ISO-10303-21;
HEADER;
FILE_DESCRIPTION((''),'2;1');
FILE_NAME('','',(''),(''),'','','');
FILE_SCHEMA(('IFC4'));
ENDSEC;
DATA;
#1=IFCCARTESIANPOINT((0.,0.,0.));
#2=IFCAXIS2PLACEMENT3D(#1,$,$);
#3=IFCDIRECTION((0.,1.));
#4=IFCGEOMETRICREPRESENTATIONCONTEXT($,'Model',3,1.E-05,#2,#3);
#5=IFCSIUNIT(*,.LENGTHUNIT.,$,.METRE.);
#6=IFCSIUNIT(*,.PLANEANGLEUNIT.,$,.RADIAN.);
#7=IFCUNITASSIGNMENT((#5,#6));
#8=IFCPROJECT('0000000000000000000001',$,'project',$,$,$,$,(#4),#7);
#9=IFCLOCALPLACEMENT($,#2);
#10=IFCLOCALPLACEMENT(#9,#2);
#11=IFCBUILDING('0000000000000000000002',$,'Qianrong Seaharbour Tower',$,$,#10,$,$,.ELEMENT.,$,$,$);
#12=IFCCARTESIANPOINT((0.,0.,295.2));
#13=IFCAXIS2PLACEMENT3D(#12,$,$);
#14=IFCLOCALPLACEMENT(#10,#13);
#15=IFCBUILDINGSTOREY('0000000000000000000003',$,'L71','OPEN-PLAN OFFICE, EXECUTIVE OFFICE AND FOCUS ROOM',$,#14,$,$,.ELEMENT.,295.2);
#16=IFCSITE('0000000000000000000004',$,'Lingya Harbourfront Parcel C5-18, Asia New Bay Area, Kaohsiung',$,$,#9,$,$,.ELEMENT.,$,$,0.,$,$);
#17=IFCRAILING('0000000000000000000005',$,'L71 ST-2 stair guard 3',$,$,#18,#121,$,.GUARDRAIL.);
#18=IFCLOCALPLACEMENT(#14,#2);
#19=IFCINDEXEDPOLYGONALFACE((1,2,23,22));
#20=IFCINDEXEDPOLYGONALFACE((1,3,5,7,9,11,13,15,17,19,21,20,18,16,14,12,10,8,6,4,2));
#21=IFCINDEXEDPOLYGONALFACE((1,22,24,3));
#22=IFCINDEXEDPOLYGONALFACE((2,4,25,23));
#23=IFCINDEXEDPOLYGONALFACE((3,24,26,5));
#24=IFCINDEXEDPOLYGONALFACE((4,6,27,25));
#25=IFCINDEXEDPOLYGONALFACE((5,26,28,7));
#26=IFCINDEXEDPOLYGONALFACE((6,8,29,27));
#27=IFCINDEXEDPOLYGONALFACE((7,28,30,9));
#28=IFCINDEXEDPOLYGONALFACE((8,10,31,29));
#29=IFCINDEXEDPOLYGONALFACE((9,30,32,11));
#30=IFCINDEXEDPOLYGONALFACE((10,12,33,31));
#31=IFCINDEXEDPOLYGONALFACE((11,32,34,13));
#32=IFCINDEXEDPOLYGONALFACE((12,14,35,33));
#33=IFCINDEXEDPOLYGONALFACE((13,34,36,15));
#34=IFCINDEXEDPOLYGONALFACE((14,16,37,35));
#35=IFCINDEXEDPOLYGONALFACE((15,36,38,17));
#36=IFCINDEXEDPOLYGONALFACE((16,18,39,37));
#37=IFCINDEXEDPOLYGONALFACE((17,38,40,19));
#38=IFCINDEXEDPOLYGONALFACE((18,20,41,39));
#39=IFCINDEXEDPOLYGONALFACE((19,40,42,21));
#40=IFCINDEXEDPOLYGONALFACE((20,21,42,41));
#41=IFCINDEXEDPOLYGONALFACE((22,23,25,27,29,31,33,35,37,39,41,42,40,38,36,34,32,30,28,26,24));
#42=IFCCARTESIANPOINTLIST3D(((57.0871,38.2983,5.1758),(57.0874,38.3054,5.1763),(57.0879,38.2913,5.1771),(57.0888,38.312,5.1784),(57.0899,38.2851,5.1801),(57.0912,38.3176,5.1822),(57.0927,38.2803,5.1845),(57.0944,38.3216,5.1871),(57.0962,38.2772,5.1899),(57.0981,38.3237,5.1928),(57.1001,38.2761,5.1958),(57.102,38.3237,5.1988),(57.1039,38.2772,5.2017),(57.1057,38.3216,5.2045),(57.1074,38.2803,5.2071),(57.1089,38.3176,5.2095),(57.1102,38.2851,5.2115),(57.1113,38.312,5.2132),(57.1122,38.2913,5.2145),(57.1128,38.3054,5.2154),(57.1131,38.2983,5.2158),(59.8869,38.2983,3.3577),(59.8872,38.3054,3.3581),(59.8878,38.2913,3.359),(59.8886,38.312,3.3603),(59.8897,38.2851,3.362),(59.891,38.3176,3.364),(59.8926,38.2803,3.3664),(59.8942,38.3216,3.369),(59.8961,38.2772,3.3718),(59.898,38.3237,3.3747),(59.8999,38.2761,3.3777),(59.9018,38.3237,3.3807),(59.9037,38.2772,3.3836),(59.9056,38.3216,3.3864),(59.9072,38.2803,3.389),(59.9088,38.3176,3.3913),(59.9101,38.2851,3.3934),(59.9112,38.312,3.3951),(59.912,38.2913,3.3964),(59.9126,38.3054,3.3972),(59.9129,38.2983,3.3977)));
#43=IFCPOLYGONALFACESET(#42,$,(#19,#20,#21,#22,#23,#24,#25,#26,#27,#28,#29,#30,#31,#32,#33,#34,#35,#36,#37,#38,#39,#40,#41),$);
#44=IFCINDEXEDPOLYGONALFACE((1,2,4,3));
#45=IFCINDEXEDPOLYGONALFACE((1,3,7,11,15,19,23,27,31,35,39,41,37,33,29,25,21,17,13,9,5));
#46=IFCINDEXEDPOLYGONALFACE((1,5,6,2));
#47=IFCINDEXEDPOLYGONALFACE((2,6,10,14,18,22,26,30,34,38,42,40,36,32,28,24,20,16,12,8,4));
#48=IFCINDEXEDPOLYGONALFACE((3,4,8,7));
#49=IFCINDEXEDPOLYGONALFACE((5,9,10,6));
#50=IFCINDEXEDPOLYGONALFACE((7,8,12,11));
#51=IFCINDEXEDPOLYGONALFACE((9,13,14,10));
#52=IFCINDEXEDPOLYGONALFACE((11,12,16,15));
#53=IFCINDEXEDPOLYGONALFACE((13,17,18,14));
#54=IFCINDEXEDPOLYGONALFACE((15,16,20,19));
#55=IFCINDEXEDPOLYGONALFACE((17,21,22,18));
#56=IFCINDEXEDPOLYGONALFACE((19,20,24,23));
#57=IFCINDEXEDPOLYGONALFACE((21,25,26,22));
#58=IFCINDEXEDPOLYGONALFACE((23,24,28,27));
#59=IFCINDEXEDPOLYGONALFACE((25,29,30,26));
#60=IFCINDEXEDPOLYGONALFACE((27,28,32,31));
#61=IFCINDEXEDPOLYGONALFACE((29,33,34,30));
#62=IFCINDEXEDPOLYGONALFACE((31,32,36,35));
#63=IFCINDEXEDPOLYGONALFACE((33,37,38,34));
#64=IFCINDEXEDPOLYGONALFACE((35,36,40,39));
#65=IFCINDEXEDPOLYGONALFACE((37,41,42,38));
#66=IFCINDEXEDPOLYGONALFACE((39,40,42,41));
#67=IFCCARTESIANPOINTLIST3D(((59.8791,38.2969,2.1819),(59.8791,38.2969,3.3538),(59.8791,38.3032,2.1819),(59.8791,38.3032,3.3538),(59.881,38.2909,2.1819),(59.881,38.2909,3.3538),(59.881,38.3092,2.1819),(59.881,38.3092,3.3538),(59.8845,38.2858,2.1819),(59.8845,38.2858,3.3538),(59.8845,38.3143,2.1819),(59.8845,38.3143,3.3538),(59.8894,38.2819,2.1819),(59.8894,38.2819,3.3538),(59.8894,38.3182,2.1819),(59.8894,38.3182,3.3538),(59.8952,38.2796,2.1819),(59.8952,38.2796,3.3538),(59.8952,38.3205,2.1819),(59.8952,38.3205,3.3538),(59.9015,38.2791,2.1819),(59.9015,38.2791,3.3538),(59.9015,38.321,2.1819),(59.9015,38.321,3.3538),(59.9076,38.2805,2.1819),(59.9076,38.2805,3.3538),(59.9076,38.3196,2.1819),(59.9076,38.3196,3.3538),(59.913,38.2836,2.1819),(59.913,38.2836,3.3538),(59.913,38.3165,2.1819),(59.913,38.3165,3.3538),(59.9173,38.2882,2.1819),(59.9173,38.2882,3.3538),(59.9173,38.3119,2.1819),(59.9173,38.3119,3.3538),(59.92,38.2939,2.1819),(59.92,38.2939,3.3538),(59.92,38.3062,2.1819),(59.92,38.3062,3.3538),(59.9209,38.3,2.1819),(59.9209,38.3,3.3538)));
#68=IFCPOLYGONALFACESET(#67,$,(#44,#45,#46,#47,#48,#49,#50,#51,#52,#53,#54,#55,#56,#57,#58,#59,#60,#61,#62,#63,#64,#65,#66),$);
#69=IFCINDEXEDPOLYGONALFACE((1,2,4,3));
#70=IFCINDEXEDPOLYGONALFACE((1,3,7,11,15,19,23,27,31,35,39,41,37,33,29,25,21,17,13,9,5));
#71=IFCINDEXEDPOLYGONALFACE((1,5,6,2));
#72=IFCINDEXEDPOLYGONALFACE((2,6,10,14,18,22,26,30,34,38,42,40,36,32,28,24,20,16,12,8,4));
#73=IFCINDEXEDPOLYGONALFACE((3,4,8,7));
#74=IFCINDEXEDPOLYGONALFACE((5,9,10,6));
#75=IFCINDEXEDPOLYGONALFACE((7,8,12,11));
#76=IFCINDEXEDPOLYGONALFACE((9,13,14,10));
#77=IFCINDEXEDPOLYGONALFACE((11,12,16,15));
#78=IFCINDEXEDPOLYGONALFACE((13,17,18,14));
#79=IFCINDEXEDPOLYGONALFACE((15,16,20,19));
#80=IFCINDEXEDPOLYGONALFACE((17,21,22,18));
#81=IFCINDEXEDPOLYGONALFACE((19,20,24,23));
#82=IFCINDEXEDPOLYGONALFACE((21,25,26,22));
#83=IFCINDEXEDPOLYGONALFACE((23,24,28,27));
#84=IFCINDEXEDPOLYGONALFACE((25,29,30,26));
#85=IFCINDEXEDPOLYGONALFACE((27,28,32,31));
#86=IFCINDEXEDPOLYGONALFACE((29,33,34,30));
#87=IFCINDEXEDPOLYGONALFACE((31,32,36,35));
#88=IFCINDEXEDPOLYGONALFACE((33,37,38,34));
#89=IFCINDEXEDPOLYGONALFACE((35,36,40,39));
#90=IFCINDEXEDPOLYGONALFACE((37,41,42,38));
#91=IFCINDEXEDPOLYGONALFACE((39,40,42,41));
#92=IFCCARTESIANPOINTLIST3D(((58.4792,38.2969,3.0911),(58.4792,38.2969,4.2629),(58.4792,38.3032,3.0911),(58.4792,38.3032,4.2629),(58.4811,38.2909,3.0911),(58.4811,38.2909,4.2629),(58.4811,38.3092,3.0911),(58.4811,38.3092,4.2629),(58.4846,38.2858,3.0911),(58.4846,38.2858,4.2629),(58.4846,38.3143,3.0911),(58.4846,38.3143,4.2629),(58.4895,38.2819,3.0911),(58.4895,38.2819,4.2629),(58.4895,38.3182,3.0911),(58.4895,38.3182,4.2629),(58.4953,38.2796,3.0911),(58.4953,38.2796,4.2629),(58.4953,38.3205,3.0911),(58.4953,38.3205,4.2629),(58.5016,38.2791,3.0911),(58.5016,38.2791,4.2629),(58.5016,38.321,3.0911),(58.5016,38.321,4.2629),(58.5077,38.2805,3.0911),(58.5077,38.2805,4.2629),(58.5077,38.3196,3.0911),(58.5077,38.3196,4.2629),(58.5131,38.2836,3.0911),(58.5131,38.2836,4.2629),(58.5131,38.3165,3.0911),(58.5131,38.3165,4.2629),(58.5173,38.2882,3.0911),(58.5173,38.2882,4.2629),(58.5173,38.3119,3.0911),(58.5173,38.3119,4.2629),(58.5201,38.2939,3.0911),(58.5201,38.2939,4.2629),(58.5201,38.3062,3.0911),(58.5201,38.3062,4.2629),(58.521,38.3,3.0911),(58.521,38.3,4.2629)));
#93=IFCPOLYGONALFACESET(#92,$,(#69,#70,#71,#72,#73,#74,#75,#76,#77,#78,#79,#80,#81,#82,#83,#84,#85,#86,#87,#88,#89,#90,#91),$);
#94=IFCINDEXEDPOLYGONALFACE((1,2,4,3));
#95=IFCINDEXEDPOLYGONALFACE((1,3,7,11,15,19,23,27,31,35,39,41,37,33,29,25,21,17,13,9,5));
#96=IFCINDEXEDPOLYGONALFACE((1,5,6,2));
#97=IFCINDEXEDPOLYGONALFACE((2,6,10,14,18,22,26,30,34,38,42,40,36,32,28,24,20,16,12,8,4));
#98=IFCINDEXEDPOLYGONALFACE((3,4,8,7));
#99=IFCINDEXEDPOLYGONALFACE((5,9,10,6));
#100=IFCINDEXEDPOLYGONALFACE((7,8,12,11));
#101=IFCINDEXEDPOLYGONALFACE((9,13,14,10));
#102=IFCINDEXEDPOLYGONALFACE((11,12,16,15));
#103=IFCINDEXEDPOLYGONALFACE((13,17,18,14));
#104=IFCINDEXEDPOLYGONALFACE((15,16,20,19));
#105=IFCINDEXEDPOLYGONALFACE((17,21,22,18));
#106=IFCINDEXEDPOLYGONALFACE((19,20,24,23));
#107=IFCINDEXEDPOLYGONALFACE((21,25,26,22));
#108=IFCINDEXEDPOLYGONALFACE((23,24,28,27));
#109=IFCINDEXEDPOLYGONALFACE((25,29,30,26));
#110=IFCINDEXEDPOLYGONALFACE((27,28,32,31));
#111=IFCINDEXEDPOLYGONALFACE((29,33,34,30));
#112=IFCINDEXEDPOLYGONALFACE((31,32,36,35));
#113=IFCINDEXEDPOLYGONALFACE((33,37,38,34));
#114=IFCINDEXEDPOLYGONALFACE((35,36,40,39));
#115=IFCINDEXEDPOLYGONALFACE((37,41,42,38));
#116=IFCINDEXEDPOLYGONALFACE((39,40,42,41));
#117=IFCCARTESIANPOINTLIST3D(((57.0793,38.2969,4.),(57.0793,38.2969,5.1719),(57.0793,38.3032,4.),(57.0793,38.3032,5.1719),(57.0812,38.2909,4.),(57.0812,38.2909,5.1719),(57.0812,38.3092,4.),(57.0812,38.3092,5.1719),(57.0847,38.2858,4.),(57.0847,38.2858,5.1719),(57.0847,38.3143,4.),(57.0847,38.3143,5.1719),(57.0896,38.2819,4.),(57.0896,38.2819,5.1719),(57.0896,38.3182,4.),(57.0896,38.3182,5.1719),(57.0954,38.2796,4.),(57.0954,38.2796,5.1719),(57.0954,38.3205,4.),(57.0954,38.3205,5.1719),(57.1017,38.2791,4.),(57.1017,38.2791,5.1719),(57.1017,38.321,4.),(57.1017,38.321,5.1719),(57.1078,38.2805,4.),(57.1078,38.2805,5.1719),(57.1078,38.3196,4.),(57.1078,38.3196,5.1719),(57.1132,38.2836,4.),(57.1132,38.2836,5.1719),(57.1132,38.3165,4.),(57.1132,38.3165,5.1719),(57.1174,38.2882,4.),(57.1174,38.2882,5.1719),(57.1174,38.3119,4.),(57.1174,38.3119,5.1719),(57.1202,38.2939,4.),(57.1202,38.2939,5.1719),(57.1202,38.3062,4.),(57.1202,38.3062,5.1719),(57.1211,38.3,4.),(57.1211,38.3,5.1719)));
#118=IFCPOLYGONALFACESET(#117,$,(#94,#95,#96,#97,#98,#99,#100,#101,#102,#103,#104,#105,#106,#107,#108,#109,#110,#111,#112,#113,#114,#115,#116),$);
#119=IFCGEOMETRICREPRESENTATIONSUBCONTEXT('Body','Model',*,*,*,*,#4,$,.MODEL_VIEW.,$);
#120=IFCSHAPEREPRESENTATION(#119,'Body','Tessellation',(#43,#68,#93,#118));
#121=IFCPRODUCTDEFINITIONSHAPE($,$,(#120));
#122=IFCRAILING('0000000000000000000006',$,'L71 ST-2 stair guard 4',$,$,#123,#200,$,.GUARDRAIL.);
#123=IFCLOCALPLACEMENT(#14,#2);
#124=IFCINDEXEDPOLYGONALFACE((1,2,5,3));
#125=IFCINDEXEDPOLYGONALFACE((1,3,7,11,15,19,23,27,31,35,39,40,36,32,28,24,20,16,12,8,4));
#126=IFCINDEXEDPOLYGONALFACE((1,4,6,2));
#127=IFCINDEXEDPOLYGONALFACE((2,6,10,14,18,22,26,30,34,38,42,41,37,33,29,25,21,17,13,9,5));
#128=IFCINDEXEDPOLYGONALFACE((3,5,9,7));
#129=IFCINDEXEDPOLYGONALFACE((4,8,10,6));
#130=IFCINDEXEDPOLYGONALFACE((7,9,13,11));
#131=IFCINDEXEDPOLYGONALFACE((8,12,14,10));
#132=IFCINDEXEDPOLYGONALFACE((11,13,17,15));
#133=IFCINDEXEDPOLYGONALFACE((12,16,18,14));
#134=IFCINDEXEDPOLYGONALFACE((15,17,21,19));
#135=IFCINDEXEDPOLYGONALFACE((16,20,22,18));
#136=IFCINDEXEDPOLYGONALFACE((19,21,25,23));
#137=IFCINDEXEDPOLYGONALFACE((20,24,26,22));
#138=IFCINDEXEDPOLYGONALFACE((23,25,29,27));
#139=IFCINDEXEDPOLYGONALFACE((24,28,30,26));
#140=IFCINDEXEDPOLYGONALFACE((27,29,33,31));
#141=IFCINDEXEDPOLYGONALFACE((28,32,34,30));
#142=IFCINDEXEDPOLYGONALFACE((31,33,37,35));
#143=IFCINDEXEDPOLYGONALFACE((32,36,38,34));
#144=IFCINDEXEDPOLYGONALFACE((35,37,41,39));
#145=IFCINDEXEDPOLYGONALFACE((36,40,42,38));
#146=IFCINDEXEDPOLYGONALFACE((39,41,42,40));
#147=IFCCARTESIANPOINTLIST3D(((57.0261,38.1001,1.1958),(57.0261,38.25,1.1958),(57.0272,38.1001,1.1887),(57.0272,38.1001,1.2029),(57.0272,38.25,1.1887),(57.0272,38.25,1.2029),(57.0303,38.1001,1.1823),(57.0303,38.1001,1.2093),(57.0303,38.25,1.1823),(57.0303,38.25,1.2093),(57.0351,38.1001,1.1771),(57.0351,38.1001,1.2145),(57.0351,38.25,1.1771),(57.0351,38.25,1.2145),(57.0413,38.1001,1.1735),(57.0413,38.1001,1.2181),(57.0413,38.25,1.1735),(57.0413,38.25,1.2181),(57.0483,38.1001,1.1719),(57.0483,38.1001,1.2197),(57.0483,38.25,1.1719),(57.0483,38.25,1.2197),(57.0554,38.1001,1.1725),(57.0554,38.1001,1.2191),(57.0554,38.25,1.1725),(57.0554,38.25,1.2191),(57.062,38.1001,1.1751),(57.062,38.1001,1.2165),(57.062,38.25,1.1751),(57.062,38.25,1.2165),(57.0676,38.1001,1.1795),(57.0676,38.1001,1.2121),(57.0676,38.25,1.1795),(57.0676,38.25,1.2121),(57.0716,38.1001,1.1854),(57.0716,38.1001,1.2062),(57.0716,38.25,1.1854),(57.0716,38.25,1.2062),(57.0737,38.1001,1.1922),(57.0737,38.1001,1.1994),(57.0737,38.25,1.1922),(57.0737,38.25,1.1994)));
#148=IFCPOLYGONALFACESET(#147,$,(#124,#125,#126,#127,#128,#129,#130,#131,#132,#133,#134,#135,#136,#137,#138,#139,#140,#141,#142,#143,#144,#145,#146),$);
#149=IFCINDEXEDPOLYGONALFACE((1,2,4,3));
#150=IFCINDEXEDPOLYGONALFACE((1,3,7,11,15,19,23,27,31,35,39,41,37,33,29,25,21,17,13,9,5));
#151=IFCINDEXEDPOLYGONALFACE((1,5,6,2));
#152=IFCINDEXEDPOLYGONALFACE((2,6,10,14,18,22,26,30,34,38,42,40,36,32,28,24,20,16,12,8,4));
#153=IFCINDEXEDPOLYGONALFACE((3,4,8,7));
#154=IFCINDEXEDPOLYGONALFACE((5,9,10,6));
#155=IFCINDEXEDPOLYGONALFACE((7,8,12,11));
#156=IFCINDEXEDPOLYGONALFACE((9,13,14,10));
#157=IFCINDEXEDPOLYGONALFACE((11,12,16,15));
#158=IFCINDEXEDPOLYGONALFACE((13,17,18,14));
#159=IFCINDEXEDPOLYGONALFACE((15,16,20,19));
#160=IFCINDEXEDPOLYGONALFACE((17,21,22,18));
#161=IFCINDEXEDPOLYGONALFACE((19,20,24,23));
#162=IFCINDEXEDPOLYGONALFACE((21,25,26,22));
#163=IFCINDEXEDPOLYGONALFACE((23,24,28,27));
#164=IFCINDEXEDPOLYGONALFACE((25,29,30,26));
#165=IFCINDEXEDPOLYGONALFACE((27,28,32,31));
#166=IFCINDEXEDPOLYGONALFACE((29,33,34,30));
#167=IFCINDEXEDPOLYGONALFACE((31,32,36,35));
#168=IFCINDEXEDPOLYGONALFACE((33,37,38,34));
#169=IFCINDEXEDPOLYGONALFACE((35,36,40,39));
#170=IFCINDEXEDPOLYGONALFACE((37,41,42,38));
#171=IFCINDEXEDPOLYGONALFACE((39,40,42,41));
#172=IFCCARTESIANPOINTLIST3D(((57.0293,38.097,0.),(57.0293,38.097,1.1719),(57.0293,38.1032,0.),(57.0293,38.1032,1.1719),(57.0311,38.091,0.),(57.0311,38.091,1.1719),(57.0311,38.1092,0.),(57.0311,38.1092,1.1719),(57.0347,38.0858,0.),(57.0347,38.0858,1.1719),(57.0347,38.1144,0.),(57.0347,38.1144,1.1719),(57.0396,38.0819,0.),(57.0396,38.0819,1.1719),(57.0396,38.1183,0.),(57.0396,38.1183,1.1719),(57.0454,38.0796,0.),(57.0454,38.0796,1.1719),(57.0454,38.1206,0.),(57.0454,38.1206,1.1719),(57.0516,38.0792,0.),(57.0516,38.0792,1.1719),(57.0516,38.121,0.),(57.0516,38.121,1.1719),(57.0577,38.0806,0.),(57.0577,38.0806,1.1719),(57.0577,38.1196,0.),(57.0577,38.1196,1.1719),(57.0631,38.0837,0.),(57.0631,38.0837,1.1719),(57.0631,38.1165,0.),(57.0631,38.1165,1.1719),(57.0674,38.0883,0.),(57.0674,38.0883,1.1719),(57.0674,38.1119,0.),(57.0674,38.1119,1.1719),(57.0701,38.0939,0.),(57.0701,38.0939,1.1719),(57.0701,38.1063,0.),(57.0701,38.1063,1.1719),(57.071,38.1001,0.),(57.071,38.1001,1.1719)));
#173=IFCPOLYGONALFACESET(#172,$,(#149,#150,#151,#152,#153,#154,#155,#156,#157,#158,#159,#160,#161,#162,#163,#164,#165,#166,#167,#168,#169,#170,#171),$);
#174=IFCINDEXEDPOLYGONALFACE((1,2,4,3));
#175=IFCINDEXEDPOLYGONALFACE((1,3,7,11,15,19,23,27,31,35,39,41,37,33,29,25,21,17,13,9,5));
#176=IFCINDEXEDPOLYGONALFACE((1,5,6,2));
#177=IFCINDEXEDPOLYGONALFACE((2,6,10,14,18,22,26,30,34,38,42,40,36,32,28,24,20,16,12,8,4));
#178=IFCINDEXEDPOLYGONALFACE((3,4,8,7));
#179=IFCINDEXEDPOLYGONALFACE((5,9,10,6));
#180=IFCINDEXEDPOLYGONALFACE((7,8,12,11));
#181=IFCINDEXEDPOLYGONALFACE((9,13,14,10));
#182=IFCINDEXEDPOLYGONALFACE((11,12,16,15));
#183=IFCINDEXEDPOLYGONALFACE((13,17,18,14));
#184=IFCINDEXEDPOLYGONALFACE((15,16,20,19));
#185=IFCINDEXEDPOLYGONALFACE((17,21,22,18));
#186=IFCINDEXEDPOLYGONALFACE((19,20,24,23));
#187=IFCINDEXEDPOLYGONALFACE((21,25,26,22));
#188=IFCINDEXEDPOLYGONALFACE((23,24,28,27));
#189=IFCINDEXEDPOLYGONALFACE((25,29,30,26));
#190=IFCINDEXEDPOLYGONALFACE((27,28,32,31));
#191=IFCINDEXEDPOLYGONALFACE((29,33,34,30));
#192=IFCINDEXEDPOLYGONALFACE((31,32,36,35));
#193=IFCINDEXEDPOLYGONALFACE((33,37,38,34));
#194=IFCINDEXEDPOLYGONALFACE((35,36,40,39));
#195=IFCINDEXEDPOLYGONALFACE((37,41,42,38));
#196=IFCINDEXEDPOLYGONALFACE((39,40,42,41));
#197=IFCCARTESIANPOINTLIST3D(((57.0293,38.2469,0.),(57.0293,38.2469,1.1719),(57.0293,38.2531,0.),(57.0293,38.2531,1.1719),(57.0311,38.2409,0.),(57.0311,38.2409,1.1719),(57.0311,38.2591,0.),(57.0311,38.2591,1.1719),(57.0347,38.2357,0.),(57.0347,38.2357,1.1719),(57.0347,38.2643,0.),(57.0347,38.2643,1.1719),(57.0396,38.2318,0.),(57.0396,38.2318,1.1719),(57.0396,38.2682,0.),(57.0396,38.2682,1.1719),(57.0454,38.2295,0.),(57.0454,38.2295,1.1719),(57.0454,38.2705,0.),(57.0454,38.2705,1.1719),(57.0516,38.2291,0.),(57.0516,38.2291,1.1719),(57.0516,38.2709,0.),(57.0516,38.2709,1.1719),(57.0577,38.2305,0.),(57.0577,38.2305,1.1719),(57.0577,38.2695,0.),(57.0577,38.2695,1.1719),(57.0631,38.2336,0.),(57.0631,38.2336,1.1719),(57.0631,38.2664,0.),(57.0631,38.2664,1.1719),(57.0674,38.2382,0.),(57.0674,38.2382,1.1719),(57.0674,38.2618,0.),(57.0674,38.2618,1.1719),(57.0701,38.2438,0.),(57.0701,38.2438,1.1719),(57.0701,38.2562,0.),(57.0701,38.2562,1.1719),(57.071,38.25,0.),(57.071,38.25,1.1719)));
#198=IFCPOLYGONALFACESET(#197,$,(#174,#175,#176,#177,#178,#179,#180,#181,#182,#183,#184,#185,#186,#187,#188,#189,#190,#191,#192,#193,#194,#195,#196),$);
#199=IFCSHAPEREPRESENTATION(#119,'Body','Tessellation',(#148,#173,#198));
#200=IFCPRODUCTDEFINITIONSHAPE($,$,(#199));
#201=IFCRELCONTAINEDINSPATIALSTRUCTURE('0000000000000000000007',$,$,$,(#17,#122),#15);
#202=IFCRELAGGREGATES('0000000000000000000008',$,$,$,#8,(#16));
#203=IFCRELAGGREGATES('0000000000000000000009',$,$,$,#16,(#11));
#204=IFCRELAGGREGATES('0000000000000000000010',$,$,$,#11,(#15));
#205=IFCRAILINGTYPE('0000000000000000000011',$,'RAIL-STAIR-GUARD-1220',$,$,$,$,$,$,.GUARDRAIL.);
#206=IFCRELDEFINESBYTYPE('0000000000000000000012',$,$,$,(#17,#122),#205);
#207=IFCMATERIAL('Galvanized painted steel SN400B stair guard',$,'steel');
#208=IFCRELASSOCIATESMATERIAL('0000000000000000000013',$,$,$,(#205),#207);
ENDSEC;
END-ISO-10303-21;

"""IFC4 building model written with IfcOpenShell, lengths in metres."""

from ifc_helpers import new_model, si_unit, direction, frame, origin, origin_2d, place, context, subcontext, project, spatial, circle, extrude, material, type_object, element, save


model = new_model("IFC4")

# Units and contexts
model_context = context("Model", 3, precision=1e-05, world=origin(), true_north=direction((0.0, 1.0)))
body_context = subcontext(model_context, "Body", "Model", "MODEL_VIEW")
ifc_project = project(units=[si_unit("LENGTHUNIT", "METRE"), si_unit("PLANEANGLEUNIT", "RADIAN")], contexts=[model_context])

# Site, building, storey
site_placement = place(None, origin())
site = spatial("IfcSite", under=ifc_project, at=site_placement, Name="Lingya Harbourfront Parcel C5-18, Asia New Bay Area, Kaohsiung", CompositionType="ELEMENT", RefElevation=0.0)
building_placement = place(site_placement, origin())
building = spatial("IfcBuilding", under=site, at=building_placement, Name="Qianrong Seaharbour Tower", CompositionType="ELEMENT")
storey_placement = place(building_placement, frame((0.0, 0.0, 295.2)))
storey = spatial("IfcBuildingStorey", under=building, at=storey_placement, Name="L71", Description="OPEN-PLAN OFFICE, EXECUTIVE OFFICE AND FOCUS ROOM", CompositionType="ELEMENT", Elevation=295.2)

# Railings
ifc_material_1 = material(Name="Galvanized painted steel SN400B stair guard", Category="steel")
railing_type_1 = type_object("IfcRailingType", Name="RAIL-STAIR-GUARD-1220", PredefinedType="GUARDRAIL", material=ifc_material_1)
railing_1_placement = place(storey_placement, frame((59.8999, 38.3, 2.1819)))
element("IfcRailing", 1, at=railing_1_placement, inside=storey, type_object=railing_type_1, Name="L71 ST-2 stair guard 3", PredefinedType="GUARDRAIL", context=body_context, shape_type="SweptSolid", body=[
    extrude(circle(Radius=0.0239, at=origin_2d()), frame((0.0, 0.0, 1.1958), z_axis=(-0.838684, 0.0, 0.544618), x_axis=(0.0, -1.0, 0.0)), (0.0, 0.0, 1.0), 3.3384),
    extrude(circle(Radius=0.021, at=origin_2d()), origin(), (0.0, 0.0, 1.0), 1.1719),
    extrude(circle(Radius=0.021, at=origin_2d()), frame((-1.3999, 0.0, 0.9092)), (0.0, 0.0, 1.0), 1.1719),
    extrude(circle(Radius=0.021, at=origin_2d()), frame((-2.7998, 0.0, 1.8181)), (0.0, 0.0, 1.0), 1.1719),
])
railing_2_placement = place(storey_placement, frame((57.05, 38.1001, 0.0)))
element("IfcRailing", 2, at=railing_2_placement, inside=storey, type_object=railing_type_1, Name="L71 ST-2 stair guard 4", PredefinedType="GUARDRAIL", context=body_context, shape_type="SweptSolid", body=[
    extrude(circle(Radius=0.0239, at=origin_2d()), frame((0.0, 0.0, 1.1958), z_axis=(0.0, 1.0, 0.0), x_axis=(-1.0, 0.0, 0.0)), (0.0, 0.0, 1.0), 0.1499),
    extrude(circle(Radius=0.021, at=origin_2d()), origin(), (0.0, 0.0, 1.0), 1.1719),
    extrude(circle(Radius=0.021, at=origin_2d()), frame((0.0, 0.1499, 0.0)), (0.0, 0.0, 1.0), 1.1719),
])

save(model, "model.ifc")
